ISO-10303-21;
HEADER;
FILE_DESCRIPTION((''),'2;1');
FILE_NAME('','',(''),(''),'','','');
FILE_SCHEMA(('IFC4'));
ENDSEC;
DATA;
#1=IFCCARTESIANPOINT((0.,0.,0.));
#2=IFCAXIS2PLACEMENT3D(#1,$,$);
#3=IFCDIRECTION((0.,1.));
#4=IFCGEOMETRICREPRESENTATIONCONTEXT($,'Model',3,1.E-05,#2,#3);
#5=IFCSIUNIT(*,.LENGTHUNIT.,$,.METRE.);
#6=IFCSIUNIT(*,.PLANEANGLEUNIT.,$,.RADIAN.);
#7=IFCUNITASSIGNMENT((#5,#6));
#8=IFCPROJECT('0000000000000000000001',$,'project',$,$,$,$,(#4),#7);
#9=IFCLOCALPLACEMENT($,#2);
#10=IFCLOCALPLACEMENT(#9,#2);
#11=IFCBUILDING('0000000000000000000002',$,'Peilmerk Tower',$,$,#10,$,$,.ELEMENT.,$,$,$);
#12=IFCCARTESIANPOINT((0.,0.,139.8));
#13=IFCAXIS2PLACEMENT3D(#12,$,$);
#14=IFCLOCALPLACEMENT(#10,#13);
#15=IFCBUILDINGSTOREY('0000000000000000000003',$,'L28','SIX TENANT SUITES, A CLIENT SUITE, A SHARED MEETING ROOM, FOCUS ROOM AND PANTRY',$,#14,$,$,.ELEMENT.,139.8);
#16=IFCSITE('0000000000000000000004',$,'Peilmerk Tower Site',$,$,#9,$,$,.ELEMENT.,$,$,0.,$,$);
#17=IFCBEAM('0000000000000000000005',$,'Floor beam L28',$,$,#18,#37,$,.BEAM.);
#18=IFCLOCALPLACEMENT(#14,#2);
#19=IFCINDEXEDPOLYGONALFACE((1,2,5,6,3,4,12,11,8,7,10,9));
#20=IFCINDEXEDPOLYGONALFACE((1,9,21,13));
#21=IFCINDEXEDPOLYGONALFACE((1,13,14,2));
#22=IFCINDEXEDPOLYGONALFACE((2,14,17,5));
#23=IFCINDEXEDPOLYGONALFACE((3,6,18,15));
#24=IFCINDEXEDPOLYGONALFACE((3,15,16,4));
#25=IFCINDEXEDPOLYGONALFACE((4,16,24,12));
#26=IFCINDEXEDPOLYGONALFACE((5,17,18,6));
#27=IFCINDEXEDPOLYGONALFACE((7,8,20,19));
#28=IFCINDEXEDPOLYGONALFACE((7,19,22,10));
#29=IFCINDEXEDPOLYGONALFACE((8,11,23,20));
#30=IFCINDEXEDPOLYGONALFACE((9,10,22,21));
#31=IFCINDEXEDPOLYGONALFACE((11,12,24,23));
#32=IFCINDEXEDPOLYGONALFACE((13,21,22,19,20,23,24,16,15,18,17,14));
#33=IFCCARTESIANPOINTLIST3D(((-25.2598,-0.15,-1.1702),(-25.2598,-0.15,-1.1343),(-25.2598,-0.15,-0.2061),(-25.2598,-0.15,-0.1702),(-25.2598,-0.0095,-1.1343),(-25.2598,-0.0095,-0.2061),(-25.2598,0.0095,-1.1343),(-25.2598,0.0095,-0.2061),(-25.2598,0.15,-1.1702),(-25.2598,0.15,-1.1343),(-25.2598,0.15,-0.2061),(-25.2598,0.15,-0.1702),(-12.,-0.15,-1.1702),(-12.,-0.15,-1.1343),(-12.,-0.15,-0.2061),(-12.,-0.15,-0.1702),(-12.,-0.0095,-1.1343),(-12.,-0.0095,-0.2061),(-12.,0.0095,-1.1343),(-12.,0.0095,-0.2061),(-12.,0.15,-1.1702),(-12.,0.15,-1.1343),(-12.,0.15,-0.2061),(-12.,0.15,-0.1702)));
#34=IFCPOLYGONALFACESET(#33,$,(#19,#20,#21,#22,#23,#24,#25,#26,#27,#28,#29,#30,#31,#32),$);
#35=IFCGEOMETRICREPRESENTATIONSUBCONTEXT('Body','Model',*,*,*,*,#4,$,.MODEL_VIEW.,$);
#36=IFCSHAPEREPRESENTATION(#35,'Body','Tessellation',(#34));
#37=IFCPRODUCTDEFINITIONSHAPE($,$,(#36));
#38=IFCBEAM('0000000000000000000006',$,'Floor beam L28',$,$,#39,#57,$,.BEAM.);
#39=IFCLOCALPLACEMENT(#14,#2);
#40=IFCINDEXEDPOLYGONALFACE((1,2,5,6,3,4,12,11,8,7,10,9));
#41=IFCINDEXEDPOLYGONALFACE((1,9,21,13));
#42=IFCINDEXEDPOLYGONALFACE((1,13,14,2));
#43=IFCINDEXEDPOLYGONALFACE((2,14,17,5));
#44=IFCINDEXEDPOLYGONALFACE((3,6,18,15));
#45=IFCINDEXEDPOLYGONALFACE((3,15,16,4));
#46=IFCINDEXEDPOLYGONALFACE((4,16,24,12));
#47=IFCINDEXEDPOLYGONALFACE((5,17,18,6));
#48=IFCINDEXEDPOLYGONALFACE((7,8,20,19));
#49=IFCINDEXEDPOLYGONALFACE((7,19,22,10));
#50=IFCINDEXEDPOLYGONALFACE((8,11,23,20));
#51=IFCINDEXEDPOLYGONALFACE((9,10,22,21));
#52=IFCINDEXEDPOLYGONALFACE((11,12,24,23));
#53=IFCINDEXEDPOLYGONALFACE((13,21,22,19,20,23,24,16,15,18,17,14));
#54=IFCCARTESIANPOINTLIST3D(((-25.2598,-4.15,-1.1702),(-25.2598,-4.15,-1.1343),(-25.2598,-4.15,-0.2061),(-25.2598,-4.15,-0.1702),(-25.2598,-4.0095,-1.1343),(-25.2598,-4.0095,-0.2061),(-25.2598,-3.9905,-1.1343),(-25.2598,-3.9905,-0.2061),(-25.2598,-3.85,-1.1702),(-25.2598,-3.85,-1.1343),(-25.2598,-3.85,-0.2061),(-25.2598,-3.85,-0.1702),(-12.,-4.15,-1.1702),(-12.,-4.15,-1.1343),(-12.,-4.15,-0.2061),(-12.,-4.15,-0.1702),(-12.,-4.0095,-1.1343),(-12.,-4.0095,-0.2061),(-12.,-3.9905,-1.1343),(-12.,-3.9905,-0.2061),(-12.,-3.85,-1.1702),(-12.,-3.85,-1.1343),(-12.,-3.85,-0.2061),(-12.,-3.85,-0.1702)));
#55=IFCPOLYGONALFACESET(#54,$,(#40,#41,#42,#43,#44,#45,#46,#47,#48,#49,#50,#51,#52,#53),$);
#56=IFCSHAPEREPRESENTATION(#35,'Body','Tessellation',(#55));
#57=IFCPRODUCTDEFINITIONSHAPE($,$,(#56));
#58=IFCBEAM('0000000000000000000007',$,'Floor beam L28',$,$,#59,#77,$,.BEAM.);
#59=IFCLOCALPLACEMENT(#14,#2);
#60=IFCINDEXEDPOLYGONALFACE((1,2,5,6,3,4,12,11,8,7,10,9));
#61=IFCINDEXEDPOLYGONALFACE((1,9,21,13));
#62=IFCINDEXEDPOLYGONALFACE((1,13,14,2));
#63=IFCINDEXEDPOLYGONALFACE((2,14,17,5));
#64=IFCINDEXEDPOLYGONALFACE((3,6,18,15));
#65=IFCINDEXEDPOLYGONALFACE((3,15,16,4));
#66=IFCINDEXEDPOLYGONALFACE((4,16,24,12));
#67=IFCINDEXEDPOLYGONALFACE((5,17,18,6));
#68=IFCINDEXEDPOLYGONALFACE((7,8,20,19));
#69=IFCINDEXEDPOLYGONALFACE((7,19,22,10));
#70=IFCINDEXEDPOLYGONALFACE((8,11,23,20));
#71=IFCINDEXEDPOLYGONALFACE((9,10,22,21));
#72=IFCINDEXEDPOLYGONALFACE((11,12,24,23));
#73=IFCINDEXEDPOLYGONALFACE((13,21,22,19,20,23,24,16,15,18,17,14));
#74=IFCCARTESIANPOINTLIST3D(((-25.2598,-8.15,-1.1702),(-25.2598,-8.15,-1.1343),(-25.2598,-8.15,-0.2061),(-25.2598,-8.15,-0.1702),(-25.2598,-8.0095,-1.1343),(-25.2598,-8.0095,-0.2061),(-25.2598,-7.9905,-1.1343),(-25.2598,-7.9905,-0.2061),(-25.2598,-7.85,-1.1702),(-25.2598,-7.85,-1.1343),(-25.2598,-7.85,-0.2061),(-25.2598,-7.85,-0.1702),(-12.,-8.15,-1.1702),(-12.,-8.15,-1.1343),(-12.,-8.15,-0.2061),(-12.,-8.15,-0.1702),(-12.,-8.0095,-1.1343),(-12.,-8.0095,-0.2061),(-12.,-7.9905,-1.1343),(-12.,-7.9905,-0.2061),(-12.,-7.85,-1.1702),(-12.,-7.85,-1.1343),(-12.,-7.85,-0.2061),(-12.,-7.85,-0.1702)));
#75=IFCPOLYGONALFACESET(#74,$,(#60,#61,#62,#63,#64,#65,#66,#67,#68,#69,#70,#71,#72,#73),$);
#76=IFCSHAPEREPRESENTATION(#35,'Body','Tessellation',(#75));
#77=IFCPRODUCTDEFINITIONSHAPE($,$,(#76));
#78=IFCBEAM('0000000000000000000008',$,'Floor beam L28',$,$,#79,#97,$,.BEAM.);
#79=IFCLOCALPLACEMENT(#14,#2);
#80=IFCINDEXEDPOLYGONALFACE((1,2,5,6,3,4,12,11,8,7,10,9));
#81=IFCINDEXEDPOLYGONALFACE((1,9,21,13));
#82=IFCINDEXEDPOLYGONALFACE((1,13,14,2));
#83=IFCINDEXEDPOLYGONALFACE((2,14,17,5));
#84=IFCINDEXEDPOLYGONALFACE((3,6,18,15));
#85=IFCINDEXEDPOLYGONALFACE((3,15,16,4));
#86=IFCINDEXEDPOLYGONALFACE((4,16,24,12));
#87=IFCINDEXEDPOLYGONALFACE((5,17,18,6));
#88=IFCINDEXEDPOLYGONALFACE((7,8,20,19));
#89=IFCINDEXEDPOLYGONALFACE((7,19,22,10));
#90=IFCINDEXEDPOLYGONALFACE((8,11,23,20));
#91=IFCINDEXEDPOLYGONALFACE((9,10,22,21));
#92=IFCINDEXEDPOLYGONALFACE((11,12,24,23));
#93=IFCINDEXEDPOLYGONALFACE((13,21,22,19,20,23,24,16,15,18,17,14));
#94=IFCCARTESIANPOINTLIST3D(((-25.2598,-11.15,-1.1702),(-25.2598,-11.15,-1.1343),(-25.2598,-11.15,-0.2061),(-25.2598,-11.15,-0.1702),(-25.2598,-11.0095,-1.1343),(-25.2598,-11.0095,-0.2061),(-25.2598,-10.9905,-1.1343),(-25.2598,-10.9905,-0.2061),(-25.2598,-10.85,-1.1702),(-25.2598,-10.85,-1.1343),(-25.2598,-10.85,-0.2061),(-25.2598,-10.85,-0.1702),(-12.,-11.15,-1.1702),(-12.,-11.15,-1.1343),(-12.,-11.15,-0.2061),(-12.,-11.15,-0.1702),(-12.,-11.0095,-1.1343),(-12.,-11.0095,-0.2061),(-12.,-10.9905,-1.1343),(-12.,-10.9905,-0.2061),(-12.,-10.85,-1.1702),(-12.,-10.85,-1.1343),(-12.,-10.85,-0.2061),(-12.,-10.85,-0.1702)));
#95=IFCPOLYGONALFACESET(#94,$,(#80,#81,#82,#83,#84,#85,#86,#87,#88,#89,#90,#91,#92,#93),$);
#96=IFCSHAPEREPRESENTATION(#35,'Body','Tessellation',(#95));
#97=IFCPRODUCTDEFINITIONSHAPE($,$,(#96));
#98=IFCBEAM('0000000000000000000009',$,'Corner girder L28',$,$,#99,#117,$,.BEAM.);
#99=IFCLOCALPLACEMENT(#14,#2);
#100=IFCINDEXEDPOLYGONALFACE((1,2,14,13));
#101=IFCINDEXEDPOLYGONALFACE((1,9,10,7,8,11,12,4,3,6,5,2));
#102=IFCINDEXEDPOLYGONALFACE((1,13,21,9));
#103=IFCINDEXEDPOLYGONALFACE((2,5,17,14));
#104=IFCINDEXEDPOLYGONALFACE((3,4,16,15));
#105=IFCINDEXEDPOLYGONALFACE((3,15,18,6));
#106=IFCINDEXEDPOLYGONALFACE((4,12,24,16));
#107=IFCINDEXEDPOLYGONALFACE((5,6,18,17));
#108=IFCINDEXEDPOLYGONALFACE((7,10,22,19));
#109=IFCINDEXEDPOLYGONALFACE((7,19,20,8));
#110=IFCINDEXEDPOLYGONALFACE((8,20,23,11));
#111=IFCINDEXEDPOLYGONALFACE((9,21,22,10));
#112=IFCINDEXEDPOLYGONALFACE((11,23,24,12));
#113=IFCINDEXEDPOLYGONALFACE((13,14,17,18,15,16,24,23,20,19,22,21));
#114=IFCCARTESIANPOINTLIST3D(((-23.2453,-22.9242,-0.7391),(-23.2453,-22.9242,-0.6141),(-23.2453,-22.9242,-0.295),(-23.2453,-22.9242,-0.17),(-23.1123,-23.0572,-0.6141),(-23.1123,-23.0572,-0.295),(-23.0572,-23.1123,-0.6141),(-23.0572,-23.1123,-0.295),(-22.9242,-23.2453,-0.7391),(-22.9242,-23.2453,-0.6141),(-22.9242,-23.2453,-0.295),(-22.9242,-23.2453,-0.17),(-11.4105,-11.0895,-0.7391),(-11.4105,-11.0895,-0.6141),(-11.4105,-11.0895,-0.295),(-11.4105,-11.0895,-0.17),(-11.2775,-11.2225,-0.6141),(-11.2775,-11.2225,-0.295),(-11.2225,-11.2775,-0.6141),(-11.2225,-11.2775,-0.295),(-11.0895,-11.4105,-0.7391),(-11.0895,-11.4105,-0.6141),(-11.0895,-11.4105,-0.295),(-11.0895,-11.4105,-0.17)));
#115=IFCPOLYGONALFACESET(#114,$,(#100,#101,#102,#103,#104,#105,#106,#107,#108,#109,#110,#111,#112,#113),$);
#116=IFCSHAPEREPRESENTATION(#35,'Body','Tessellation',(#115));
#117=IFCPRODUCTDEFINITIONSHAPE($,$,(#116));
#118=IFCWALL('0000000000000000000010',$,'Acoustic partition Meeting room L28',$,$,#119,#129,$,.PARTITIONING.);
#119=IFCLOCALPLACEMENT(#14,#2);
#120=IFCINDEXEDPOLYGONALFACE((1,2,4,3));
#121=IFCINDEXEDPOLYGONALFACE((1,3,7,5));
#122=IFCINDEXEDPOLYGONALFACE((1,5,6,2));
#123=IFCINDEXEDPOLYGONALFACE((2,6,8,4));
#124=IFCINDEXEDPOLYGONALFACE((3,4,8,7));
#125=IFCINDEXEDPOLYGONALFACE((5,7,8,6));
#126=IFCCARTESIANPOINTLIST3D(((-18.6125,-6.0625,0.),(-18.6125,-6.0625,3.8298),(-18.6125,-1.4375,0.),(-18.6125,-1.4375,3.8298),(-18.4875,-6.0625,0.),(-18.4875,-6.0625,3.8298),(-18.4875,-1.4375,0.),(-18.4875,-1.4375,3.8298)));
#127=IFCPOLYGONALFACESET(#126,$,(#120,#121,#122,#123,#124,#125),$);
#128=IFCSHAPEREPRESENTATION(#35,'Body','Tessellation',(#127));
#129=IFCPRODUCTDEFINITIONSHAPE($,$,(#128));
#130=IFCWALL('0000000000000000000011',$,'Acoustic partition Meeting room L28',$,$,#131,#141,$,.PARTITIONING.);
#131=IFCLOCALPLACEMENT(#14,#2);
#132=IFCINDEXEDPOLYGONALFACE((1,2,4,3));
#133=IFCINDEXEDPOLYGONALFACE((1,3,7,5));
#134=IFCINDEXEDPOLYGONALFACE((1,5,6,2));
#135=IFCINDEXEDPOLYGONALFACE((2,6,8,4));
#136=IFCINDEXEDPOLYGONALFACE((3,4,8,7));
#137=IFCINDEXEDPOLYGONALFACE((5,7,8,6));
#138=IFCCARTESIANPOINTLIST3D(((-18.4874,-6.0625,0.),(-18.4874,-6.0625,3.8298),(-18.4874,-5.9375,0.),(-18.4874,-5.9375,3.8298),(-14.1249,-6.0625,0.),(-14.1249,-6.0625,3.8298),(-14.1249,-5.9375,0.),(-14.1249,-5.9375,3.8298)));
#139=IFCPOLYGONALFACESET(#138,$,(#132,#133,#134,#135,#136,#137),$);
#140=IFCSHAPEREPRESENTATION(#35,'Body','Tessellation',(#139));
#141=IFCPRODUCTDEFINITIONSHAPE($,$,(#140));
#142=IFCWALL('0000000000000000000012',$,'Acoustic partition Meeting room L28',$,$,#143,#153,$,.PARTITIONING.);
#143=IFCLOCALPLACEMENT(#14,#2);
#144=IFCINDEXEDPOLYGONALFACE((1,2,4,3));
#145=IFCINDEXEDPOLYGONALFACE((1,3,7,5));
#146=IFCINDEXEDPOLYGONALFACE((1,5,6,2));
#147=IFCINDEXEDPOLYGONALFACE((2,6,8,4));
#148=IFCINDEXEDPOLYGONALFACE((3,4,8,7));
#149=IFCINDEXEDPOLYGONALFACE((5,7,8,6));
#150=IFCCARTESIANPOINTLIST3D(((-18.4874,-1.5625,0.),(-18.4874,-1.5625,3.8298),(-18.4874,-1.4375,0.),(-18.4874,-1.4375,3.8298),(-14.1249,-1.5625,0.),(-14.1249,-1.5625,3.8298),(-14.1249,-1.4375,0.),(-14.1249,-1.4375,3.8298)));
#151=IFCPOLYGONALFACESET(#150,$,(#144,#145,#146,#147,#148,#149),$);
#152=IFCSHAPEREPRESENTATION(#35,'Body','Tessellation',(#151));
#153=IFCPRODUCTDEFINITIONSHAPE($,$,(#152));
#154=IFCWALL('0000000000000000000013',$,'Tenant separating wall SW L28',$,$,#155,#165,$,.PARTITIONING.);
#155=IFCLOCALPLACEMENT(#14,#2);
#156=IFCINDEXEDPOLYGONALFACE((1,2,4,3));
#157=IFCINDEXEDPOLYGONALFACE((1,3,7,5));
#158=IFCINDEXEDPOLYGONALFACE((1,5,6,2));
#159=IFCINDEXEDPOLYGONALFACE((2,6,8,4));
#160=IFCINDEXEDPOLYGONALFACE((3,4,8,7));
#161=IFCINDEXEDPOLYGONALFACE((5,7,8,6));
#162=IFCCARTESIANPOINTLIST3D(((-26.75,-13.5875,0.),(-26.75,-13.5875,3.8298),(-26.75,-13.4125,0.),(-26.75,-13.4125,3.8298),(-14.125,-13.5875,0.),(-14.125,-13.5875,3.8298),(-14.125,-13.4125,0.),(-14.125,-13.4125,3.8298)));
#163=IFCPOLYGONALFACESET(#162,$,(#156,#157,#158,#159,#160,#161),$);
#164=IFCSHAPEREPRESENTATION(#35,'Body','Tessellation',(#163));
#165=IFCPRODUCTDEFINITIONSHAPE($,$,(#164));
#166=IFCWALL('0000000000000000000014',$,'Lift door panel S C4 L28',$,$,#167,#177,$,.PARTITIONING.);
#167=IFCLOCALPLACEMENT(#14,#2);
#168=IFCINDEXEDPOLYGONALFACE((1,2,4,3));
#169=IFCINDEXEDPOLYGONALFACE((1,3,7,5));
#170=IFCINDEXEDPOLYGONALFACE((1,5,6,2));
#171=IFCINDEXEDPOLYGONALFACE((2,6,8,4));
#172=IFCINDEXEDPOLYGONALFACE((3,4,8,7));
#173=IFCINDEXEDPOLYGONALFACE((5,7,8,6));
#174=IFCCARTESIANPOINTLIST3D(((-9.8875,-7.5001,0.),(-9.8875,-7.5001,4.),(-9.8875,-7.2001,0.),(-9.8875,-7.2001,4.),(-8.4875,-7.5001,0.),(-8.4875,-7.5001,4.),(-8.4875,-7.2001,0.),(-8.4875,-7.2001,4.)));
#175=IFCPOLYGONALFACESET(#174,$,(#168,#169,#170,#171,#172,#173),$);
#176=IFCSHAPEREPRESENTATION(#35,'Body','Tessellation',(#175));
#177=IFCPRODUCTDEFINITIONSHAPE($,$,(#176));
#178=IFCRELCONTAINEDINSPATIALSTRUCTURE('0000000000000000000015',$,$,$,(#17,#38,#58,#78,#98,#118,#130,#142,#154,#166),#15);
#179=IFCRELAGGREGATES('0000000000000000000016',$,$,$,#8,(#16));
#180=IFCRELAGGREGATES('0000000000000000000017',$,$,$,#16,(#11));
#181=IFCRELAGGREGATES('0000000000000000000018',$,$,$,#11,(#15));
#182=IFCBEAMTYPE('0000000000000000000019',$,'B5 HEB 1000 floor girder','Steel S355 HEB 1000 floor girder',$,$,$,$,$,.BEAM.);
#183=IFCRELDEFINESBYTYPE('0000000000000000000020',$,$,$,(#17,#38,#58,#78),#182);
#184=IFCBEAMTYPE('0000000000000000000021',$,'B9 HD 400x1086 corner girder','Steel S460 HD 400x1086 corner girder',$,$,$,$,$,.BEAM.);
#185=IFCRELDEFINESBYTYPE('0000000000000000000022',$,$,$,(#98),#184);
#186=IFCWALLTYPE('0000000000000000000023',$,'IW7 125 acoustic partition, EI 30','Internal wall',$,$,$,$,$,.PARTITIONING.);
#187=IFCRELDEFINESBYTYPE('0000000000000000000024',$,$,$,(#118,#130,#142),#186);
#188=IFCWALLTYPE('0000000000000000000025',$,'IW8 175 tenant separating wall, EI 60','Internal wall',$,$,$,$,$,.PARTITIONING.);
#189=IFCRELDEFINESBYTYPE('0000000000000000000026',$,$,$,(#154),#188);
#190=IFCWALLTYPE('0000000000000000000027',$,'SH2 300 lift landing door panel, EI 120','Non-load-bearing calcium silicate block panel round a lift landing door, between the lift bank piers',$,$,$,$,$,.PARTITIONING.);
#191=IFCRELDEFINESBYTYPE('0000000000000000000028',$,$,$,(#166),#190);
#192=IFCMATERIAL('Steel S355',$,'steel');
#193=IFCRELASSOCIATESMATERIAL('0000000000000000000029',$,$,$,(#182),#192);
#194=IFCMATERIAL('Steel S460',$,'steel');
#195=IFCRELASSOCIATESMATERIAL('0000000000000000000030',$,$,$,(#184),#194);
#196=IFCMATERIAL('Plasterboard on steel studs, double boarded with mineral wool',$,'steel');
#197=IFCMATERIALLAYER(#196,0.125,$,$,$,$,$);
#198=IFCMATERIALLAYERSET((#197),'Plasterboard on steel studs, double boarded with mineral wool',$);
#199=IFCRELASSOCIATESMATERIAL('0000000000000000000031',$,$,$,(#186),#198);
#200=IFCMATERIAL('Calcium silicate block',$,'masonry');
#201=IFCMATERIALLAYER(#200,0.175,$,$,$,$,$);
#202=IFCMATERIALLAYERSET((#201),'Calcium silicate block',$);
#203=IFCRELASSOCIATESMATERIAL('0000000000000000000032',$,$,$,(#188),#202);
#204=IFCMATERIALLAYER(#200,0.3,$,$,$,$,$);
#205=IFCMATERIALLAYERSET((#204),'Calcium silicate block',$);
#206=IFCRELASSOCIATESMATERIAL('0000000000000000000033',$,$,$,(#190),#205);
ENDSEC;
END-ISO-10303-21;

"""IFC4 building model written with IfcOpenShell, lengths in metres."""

from ifc_helpers import new_model, si_unit, direction, frame, frame_2d, origin, origin_2d, place, context, subcontext, project, spatial, rectangle, i_section, extrude, material, layer, layer_set, material_profile, profile_set, type_object, element, save


model = new_model("IFC4")

# Units and contexts
model_context = context("Model", 3, precision=1e-05, world=origin(), true_north=direction((0.0, 1.0)))
body_context = subcontext(model_context, "Body", "Model", "MODEL_VIEW")
ifc_project = project(units=[si_unit("LENGTHUNIT", "METRE"), si_unit("PLANEANGLEUNIT", "RADIAN")], contexts=[model_context])

# Site, building, storey
site_placement = place(None, origin())
site = spatial("IfcSite", under=ifc_project, at=site_placement, Name="Peilmerk Tower Site", CompositionType="ELEMENT", RefElevation=0.0)
building_placement = place(site_placement, origin())
building = spatial("IfcBuilding", under=site, at=building_placement, Name="Peilmerk Tower", CompositionType="ELEMENT")
storey_placement = place(building_placement, frame((0.0, 0.0, 139.8)))
storey = spatial("IfcBuildingStorey", under=building, at=storey_placement, Name="L28", Description="SIX TENANT SUITES, A CLIENT SUITE, A SHARED MEETING ROOM, FOCUS ROOM AND PANTRY", CompositionType="ELEMENT", Elevation=139.8)

# Shared definitions
ifc_material_1 = material(Name="Steel S460", Category="steel")

# Beams
ifc_material_2 = material(Name="Steel S355", Category="steel")
ifc_material_profile_1 = material_profile(ifc_material_2, i_section(OverallWidth=0.3, OverallDepth=1.0, WebThickness=0.019, FlangeThickness=0.0359, at=origin_2d()), Name="HEB 1000")
ifc_profile_set_1 = profile_set([ifc_material_profile_1], Name="Steel S355")
beam_type_1 = type_object("IfcBeamType", Name="B5 HEB 1000 floor girder", Description="Steel S355 HEB 1000 floor girder", PredefinedType="BEAM", material=ifc_profile_set_1)
for number, where, z_axis, x_axis, name in (
    (1, (-12.0, 0.0, -0.6702), (-1.0, 0.0, 0.0), (0.0, -1.0, 0.0), "Floor beam L28"),
    (2, (-12.0, -4.0, -0.6702), (-1.0, 0.0, 0.0), (0.0, -1.0, 0.0), "Floor beam L28"),
    (3, (-12.0, -8.0, -0.6702), (-1.0, 0.0, 0.0), (0.0, -1.0, 0.0), "Floor beam L28"),
    (4, (-12.0, -11.0, -0.6702), (-1.0, 0.0, 0.0), (0.0, -1.0, 0.0), "Floor beam L28"),
):
    element("IfcBeam", number, at=place(storey_placement, frame(where, z_axis=z_axis, x_axis=x_axis)), inside=storey, type_object=beam_type_1, Name=name, PredefinedType="BEAM", context=body_context, shape_type="SweptSolid", body=[
        extrude(i_section(OverallWidth=0.3, OverallDepth=1.0, WebThickness=0.019, FlangeThickness=0.0359, at=origin_2d()), origin(), (0.0, 0.0, 1.0), 13.2598),
    ])
ifc_material_profile_2 = material_profile(ifc_material_1, i_section(OverallWidth=0.4541, OverallDepth=0.5691, WebThickness=0.0779, FlangeThickness=0.125, at=origin_2d()), Name="HD 400x1086")
ifc_profile_set_2 = profile_set([ifc_material_profile_2], Name="Steel S460")
beam_type_2 = type_object("IfcBeamType", Name="B9 HD 400x1086 corner girder", Description="Steel S460 HD 400x1086 corner girder", PredefinedType="BEAM", material=ifc_profile_set_2)
beam_1_placement = place(storey_placement, frame((-11.25, -11.25, -0.4546), z_axis=(-0.707107, -0.707107, 0.0), x_axis=(0.707107, -0.707107, 0.0)))
element("IfcBeam", 5, at=beam_1_placement, inside=storey, type_object=beam_type_2, Name="Corner girder L28", PredefinedType="BEAM", context=body_context, shape_type="SweptSolid", body=[
    extrude(i_section(OverallWidth=0.4541, OverallDepth=0.5691, WebThickness=0.0779, FlangeThickness=0.125, at=origin_2d()), origin(), (0.0, 0.0, 1.0), 16.7368),
])

# Walls
ifc_material_3 = material(Name="Plasterboard on steel studs, double boarded with mineral wool", Category="steel")
ifc_layer_1 = layer(ifc_material_3, 0.125)
ifc_layer_set_1 = layer_set([ifc_layer_1], Name="Plasterboard on steel studs, double boarded with mineral wool")
wall_type_1 = type_object("IfcWallType", Name="IW7 125 acoustic partition, EI 30", Description="Internal wall", PredefinedType="PARTITIONING", material=ifc_layer_set_1)
wall_1_placement = place(storey_placement, frame((-18.55, -6.0625, 0.0), z_axis=(0.0, 0.0, 1.0), x_axis=(0.0, 1.0, 0.0)))
element("IfcWall", 6, at=wall_1_placement, inside=storey, type_object=wall_type_1, Name="Acoustic partition Meeting room L28", PredefinedType="PARTITIONING", context=body_context, shape_type="SweptSolid", body=[
    extrude(rectangle(XDim=4.625, YDim=0.125, at=frame_2d((2.3125, 0.0))), origin(), (0.0, 0.0, 1.0), 3.8298),
])
for number, where, z_axis, x_axis, name in (
    (7, (-14.125, -6.0, 0.0), (0.0, 0.0, 1.0), (-1.0, 0.0, 0.0), "Acoustic partition Meeting room L28"),
    (8, (-14.125, -1.5, 0.0), (0.0, 0.0, 1.0), (-1.0, 0.0, 0.0), "Acoustic partition Meeting room L28"),
):
    element("IfcWall", number, at=place(storey_placement, frame(where, z_axis=z_axis, x_axis=x_axis)), inside=storey, type_object=wall_type_1, Name=name, PredefinedType="PARTITIONING", context=body_context, shape_type="SweptSolid", body=[
        extrude(rectangle(XDim=4.3625, YDim=0.125, at=frame_2d((2.1812, 0.0))), origin(), (0.0, 0.0, 1.0), 3.8298),
    ])
ifc_material_4 = material(Name="Calcium silicate block", Category="masonry")
ifc_layer_2 = layer(ifc_material_4, 0.175)
ifc_layer_set_2 = layer_set([ifc_layer_2], Name="Calcium silicate block")
wall_type_2 = type_object("IfcWallType", Name="IW8 175 tenant separating wall, EI 60", Description="Internal wall", PredefinedType="PARTITIONING", material=ifc_layer_set_2)
wall_2_placement = place(storey_placement, frame((-14.125, -13.5, 0.0), z_axis=(0.0, 0.0, 1.0), x_axis=(-1.0, 0.0, 0.0)))
element("IfcWall", 9, at=wall_2_placement, inside=storey, type_object=wall_type_2, Name="Tenant separating wall SW L28", PredefinedType="PARTITIONING", context=body_context, shape_type="SweptSolid", body=[
    extrude(rectangle(XDim=12.625, YDim=0.175, at=frame_2d((6.3125, 0.0))), origin(), (0.0, 0.0, 1.0), 3.8298),
])
ifc_layer_3 = layer(ifc_material_4, 0.3)
ifc_layer_set_3 = layer_set([ifc_layer_3], Name="Calcium silicate block")
wall_type_3 = type_object("IfcWallType", Name="SH2 300 lift landing door panel, EI 120", Description="Non-load-bearing calcium silicate block panel round a lift landing door, between the lift bank piers", PredefinedType="PARTITIONING", material=ifc_layer_set_3)
wall_3_placement = place(storey_placement, frame((-9.8875, -7.3501, 0.0), z_axis=(0.0, 0.0, 1.0), x_axis=(1.0, 0.0, 0.0)))
element("IfcWall", 10, at=wall_3_placement, inside=storey, type_object=wall_type_3, Name="Lift door panel S C4 L28", PredefinedType="PARTITIONING", context=body_context, shape_type="SweptSolid", body=[
    extrude(rectangle(XDim=1.3999, YDim=0.3, at=frame_2d((0.7, 0.0))), origin(), (0.0, 0.0, 1.0), 4.0),
])

save(model, "model.ifc")
